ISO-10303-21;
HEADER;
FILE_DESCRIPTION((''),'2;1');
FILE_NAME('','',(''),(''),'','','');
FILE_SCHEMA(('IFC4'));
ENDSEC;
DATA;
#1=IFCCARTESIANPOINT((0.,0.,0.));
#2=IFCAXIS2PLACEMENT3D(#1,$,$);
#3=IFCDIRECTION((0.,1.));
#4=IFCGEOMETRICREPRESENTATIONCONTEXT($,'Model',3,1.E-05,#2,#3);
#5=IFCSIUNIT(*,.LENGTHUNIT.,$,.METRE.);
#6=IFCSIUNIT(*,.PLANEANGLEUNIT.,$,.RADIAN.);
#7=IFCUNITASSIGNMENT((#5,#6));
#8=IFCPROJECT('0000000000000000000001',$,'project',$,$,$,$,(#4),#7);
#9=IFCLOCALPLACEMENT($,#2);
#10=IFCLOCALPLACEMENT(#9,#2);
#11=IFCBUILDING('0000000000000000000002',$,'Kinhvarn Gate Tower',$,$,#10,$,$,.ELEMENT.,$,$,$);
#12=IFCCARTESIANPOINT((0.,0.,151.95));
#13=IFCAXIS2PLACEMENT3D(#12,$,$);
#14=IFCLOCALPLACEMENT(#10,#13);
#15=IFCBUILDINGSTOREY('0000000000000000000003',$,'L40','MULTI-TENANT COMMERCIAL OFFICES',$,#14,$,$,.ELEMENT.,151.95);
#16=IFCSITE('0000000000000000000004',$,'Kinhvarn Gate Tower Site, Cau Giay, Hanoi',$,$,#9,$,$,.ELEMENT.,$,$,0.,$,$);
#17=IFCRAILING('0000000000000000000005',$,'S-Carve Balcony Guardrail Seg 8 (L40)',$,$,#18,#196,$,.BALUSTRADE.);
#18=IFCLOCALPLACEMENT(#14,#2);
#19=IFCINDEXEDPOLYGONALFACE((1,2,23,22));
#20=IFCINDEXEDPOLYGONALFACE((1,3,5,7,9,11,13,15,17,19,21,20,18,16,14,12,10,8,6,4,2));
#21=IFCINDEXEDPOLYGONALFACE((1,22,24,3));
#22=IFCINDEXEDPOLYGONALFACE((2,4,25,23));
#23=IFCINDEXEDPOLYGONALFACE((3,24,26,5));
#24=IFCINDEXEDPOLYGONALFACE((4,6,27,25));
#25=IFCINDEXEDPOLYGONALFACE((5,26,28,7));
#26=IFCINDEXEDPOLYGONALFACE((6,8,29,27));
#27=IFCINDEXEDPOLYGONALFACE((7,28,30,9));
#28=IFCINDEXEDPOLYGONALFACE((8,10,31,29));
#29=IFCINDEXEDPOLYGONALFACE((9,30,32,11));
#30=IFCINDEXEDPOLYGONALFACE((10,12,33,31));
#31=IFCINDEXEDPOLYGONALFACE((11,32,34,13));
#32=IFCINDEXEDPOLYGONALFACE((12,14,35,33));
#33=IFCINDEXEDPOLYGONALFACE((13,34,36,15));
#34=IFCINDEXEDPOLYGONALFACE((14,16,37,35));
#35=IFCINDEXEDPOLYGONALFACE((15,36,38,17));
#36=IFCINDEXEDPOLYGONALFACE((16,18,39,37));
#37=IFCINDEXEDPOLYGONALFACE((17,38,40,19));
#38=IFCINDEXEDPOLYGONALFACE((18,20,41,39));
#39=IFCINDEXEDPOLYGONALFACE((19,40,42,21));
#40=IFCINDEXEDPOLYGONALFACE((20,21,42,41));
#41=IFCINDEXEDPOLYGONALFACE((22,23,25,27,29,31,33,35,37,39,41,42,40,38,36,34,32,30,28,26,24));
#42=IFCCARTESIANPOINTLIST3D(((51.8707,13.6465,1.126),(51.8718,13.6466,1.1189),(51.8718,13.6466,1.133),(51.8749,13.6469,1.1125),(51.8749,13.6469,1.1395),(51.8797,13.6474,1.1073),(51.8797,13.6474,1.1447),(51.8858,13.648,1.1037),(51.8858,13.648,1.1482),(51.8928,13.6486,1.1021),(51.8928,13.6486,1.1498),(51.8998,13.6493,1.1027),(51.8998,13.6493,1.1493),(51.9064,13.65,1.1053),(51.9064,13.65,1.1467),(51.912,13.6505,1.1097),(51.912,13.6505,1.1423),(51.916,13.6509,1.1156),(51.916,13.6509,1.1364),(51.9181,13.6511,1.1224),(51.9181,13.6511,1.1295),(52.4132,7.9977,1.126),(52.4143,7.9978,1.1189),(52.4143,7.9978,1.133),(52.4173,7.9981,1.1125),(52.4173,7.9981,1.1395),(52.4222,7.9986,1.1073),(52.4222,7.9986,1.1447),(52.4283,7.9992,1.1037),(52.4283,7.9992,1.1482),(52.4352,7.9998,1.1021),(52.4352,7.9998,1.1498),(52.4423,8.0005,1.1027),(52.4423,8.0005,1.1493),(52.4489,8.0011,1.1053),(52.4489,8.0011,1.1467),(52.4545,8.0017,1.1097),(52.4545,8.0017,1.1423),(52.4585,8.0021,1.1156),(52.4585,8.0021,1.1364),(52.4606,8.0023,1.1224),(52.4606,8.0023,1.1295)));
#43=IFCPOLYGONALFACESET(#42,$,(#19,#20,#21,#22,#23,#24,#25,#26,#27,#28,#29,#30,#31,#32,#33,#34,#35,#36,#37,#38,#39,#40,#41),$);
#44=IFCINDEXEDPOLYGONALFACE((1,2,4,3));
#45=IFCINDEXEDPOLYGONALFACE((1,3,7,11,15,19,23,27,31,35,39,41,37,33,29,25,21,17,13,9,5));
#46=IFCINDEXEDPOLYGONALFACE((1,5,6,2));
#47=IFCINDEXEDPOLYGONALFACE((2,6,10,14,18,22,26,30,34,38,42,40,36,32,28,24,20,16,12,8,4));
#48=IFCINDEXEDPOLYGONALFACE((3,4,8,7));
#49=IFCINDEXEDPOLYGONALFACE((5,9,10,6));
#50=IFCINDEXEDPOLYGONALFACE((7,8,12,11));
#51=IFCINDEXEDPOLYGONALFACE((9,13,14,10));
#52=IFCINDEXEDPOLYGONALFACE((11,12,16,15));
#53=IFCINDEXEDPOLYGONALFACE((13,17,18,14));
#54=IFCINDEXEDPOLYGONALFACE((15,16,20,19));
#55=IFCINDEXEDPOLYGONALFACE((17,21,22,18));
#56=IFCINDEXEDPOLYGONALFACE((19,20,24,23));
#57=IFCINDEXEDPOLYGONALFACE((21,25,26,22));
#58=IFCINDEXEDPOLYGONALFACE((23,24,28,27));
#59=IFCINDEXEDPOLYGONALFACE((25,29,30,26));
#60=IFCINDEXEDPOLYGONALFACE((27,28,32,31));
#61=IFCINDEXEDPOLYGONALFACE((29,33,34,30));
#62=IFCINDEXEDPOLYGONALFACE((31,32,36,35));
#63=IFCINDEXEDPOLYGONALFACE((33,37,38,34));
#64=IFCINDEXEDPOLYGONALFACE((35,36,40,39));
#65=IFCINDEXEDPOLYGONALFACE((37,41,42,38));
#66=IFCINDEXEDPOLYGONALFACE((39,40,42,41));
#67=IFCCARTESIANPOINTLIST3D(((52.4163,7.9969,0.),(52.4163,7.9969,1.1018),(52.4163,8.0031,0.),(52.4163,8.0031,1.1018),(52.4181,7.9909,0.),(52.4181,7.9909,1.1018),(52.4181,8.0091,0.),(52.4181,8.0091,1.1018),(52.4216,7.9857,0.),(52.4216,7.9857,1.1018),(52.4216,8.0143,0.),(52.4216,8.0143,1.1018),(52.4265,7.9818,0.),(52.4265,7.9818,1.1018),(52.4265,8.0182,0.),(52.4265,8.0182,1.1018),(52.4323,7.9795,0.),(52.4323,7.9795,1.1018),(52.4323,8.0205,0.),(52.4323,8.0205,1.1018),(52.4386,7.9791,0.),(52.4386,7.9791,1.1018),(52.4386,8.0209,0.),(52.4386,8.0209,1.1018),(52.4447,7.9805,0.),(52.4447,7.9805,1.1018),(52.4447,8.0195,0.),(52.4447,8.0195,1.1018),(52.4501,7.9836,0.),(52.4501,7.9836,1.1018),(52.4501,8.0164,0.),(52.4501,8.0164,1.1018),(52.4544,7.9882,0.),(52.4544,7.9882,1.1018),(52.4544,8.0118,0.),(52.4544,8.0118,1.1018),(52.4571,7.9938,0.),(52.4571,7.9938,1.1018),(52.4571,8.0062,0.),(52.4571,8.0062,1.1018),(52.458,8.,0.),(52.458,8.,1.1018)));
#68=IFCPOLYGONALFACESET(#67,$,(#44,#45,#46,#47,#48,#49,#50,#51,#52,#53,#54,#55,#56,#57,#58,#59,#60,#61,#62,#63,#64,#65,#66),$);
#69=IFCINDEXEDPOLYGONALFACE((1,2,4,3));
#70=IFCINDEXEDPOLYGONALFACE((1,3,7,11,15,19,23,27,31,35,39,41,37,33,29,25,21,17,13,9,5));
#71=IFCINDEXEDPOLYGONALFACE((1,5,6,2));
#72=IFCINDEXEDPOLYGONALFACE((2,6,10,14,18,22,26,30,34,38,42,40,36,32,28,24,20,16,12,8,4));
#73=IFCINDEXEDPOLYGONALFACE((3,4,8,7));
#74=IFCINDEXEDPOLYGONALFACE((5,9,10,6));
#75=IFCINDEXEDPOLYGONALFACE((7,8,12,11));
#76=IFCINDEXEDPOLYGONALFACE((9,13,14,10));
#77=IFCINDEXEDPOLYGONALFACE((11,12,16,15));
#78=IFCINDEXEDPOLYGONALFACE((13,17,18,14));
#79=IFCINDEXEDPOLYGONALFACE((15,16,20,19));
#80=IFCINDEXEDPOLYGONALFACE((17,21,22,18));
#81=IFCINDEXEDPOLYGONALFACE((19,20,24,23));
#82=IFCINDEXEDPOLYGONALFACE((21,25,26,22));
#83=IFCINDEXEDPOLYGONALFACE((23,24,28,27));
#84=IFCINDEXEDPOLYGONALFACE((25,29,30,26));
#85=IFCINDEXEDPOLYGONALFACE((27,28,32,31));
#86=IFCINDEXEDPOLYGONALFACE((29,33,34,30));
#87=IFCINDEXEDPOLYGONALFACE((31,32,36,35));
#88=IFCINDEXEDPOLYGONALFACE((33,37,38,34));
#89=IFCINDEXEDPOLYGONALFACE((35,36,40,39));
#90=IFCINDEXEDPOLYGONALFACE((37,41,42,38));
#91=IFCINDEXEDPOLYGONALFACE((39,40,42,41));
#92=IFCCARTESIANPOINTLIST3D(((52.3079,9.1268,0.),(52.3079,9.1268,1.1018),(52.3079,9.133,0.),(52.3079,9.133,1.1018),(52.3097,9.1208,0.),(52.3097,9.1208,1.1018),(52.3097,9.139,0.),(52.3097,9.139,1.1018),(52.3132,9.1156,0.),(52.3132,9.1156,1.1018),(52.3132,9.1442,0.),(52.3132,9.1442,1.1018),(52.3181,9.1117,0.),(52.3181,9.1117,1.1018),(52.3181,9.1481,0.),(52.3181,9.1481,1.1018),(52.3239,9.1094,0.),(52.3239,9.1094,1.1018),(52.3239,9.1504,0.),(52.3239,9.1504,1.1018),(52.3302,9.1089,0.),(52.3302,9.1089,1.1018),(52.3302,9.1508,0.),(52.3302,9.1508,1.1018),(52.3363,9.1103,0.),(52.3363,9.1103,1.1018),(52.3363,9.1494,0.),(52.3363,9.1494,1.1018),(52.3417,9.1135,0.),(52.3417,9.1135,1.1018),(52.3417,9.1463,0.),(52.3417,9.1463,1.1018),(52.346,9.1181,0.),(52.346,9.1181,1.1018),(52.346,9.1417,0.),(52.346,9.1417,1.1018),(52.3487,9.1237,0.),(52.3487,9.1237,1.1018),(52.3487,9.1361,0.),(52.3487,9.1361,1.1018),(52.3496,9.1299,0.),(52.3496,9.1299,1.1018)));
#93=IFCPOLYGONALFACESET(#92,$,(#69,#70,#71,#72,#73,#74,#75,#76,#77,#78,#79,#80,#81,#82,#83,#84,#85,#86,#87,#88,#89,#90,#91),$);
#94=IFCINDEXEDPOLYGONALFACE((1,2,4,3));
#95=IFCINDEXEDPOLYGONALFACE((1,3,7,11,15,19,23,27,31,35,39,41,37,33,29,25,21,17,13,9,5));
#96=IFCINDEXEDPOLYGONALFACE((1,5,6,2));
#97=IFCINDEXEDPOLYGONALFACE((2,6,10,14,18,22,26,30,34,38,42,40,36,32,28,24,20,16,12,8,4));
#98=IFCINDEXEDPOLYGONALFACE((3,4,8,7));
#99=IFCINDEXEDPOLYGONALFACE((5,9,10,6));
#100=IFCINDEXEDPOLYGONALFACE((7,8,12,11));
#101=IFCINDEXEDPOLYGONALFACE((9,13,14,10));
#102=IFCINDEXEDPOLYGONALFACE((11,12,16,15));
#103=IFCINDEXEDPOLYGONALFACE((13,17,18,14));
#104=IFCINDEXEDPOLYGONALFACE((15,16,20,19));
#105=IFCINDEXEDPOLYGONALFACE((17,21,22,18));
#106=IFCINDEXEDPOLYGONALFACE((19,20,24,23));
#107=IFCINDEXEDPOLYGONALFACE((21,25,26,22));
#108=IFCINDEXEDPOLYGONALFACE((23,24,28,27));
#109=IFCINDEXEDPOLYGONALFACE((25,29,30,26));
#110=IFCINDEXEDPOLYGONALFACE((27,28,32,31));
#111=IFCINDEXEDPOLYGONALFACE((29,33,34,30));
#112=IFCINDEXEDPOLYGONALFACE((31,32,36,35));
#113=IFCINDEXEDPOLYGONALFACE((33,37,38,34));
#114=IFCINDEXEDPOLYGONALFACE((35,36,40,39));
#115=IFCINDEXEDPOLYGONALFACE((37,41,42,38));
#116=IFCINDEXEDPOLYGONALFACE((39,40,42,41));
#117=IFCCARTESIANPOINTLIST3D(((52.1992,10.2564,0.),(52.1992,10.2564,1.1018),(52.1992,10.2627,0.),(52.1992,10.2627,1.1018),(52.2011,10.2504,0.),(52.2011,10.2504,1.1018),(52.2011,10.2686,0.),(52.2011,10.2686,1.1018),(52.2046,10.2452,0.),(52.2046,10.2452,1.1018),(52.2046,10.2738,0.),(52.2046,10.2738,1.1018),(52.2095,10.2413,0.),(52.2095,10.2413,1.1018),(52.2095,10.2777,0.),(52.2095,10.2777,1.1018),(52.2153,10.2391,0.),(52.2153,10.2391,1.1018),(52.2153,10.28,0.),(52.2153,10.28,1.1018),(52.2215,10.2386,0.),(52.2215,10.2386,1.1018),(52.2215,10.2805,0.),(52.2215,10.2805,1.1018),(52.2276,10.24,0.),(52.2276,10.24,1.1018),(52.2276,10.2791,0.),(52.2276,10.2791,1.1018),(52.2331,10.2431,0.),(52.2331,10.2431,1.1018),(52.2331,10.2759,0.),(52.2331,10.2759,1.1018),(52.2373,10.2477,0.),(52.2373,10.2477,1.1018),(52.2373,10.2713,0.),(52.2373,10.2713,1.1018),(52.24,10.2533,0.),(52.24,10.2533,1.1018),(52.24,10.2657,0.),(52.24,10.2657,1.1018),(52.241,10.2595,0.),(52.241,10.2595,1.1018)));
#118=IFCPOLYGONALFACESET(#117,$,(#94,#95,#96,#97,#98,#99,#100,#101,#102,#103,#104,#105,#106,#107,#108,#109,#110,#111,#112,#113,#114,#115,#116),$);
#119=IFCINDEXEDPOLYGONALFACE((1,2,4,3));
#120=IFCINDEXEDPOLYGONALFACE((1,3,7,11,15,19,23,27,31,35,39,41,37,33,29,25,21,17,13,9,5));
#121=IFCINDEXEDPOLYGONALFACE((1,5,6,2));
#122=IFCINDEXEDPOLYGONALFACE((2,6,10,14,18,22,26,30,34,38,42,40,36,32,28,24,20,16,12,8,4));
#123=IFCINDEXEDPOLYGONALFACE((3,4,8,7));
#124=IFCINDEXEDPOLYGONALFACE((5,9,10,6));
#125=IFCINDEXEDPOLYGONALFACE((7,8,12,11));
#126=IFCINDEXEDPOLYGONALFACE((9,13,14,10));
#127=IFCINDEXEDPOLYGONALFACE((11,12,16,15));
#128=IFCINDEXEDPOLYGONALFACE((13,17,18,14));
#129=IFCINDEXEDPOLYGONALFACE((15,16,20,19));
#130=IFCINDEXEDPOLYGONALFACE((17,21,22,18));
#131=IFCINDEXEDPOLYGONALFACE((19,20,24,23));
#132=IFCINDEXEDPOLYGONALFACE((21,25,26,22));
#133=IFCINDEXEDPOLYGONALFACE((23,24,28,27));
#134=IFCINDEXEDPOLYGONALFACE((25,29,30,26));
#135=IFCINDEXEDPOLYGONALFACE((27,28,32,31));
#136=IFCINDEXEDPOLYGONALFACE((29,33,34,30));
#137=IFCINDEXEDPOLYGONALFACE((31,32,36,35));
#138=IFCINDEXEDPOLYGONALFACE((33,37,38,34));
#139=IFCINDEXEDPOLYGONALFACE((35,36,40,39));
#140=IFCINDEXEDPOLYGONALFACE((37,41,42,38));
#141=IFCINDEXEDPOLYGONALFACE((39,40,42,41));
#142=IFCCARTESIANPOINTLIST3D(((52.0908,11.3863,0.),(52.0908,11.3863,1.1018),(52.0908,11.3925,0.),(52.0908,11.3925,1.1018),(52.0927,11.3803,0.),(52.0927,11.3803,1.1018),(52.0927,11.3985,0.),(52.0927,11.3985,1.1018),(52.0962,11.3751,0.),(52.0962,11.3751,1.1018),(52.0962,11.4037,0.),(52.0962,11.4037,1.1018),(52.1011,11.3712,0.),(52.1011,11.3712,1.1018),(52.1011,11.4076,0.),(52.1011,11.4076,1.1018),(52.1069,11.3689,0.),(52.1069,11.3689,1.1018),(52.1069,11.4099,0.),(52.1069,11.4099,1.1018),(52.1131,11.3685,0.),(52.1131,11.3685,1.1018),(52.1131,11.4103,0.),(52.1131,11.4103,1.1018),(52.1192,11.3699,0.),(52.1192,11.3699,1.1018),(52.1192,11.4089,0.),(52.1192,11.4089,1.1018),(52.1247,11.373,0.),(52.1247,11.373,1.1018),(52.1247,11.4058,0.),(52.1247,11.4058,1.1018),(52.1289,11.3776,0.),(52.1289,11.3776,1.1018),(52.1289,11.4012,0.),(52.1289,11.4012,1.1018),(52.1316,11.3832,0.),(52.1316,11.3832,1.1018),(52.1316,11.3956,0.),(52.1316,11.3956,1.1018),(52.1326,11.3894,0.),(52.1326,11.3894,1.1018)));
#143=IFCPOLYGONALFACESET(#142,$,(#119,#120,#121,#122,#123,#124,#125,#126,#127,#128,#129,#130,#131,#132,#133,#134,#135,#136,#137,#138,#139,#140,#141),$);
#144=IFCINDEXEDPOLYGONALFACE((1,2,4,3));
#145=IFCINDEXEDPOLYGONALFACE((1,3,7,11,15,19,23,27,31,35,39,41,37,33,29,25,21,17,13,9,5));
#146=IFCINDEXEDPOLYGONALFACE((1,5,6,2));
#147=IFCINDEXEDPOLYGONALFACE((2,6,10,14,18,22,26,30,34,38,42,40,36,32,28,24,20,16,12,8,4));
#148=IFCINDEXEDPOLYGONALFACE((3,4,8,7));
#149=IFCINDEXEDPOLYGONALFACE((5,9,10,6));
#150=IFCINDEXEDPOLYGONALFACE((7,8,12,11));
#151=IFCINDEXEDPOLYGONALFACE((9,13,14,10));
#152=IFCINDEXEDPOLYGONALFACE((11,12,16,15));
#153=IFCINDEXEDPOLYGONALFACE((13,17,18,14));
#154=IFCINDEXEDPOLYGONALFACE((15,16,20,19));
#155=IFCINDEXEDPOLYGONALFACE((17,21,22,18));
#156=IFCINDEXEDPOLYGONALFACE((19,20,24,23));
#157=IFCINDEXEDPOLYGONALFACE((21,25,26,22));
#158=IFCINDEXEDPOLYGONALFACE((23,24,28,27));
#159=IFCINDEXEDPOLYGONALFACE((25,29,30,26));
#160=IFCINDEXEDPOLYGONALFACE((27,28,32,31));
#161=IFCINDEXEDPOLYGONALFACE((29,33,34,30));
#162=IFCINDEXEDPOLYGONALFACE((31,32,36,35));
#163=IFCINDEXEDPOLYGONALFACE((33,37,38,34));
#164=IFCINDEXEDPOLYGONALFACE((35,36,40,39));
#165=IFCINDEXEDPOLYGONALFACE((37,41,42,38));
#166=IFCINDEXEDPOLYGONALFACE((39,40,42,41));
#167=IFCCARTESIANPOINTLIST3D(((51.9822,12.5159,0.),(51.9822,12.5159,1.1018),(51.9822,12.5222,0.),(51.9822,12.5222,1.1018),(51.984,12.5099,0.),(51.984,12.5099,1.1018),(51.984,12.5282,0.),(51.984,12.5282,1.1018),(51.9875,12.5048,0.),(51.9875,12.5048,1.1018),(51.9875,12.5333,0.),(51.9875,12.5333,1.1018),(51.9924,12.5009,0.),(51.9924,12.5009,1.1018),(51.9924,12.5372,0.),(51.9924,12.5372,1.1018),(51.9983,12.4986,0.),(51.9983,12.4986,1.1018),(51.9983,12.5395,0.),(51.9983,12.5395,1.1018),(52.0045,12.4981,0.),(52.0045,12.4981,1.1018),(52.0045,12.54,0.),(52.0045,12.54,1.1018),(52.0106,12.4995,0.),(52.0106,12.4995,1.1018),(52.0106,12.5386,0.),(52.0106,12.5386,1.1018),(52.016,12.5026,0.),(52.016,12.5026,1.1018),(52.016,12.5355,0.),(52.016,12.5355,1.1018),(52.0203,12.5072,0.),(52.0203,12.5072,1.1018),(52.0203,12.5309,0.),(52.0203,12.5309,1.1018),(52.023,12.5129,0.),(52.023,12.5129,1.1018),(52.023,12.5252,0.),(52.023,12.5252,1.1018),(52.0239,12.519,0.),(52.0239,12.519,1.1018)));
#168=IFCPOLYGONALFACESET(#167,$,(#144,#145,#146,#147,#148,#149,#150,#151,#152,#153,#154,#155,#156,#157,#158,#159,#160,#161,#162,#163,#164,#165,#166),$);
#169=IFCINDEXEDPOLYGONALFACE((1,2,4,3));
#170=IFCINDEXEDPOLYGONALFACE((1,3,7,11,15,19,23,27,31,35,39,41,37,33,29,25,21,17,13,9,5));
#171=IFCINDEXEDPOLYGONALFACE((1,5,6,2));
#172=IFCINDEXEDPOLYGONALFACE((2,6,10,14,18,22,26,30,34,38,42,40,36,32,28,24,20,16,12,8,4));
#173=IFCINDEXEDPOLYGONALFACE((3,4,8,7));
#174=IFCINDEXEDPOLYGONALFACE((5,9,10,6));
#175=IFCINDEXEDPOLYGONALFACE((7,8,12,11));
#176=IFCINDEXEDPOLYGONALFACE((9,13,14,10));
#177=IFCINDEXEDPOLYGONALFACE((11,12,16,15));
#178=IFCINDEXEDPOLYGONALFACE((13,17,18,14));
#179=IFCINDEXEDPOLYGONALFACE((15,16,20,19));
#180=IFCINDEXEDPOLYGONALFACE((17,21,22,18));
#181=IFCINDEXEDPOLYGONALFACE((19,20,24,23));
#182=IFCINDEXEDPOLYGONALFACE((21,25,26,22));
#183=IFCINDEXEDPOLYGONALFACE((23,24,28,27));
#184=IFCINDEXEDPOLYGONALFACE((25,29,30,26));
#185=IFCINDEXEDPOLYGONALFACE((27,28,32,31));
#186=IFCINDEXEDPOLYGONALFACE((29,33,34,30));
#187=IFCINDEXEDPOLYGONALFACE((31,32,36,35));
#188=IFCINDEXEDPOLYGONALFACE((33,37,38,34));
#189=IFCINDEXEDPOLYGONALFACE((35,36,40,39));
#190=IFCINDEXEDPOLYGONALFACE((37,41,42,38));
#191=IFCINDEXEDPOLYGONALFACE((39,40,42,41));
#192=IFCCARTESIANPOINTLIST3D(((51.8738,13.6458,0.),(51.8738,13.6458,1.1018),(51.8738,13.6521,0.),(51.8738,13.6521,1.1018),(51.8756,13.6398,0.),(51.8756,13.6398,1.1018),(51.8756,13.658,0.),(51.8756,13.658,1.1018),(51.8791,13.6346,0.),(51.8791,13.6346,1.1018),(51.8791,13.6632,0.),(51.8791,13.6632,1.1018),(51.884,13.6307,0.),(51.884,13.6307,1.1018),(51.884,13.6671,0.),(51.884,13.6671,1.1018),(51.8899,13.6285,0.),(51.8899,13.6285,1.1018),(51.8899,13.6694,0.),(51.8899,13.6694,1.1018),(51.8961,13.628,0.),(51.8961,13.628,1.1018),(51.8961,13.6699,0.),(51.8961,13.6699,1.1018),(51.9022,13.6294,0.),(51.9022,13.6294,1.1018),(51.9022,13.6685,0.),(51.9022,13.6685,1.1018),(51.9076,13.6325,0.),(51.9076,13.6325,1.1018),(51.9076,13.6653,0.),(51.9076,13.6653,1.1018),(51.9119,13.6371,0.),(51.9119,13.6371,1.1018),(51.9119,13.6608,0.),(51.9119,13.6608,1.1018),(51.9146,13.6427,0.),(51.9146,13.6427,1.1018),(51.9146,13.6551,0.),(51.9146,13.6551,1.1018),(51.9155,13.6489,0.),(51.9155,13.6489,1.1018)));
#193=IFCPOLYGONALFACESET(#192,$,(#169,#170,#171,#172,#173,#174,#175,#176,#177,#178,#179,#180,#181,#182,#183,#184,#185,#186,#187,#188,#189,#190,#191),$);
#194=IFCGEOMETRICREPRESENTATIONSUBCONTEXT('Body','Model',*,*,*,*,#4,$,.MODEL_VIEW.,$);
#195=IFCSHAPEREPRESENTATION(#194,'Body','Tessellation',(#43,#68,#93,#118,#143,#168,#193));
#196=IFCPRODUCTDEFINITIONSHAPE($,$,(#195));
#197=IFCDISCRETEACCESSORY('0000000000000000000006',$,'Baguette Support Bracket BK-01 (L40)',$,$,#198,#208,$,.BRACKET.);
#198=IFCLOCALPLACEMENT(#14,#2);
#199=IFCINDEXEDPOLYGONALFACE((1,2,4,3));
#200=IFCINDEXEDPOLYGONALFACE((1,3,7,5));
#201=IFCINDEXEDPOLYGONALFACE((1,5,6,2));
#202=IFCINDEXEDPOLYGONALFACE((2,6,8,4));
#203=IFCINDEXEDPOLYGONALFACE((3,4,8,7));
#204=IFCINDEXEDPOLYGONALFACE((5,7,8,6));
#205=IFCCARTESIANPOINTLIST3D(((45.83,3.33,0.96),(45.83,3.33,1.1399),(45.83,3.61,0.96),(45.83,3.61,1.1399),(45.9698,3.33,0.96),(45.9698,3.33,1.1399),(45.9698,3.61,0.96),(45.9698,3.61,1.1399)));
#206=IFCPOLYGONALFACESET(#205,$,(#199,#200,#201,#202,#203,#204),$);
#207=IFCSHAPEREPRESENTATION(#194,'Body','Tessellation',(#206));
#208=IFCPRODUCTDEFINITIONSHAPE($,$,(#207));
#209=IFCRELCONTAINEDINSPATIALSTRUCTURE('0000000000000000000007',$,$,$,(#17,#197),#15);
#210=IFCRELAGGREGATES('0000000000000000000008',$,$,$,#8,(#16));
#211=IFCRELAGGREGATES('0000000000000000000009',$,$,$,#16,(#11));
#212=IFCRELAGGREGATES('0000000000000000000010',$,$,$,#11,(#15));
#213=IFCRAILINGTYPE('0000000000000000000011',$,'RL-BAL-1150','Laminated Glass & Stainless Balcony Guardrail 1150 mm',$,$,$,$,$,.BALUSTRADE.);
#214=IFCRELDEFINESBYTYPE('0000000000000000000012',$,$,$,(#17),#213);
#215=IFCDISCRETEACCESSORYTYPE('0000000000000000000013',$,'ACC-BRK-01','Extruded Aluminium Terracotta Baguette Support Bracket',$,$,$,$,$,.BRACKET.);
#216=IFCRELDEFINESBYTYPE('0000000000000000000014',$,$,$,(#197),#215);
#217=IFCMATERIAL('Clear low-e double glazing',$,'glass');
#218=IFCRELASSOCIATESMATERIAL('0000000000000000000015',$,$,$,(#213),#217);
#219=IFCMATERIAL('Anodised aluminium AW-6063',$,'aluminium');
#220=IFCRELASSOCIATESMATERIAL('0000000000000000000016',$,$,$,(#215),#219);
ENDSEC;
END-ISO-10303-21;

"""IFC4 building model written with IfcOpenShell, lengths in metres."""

from ifc_helpers import new_model, si_unit, direction, frame, origin, origin_2d, place, context, subcontext, project, spatial, rectangle, circle, extrude, material, type_object, element, save


model = new_model("IFC4")

# Units and contexts
model_context = context("Model", 3, precision=1e-05, world=origin(), true_north=direction((0.0, 1.0)))
body_context = subcontext(model_context, "Body", "Model", "MODEL_VIEW")
ifc_project = project(units=[si_unit("LENGTHUNIT", "METRE"), si_unit("PLANEANGLEUNIT", "RADIAN")], contexts=[model_context])

# Site, building, storey
site_placement = place(None, origin())
site = spatial("IfcSite", under=ifc_project, at=site_placement, Name="Kinhvarn Gate Tower Site, Cau Giay, Hanoi", CompositionType="ELEMENT", RefElevation=0.0)
building_placement = place(site_placement, origin())
building = spatial("IfcBuilding", under=site, at=building_placement, Name="Kinhvarn Gate Tower", CompositionType="ELEMENT")
storey_placement = place(building_placement, frame((0.0, 0.0, 151.95)))
storey = spatial("IfcBuildingStorey", under=building, at=storey_placement, Name="L40", Description="MULTI-TENANT COMMERCIAL OFFICES", CompositionType="ELEMENT", Elevation=151.95)

# Shared definitions
ifc_material_1 = material(Name="Anodised aluminium AW-6063", Category="aluminium")

# Shared definitions
ifc_material_2 = material(Name="Clear low-e double glazing", Category="glass")

# Railing
railing_type = type_object("IfcRailingType", Name="RL-BAL-1150", Description="Laminated Glass & Stainless Balcony Guardrail 1150 mm", PredefinedType="BALUSTRADE", material=ifc_material_2)
railing_1_placement = place(storey_placement, frame((52.437, 8.0, 0.0)))
element("IfcRailing", 1, at=railing_1_placement, inside=storey, type_object=railing_type, Name="S-Carve Balcony Guardrail Seg 8 (L40)", PredefinedType="BALUSTRADE", context=body_context, shape_type="SweptSolid", body=[
    extrude(circle(Radius=0.0239, at=origin_2d()), frame((0.0, 0.0, 1.126), z_axis=(-0.095593, 0.995421, 0.0), x_axis=(-0.995421, -0.095593, 0.0)), (0.0, 0.0, 1.0), 5.6748),
    extrude(circle(Radius=0.021, at=origin_2d()), origin(), (0.0, 0.0, 1.0), 1.1018),
    extrude(circle(Radius=0.021, at=origin_2d()), frame((-0.1084, 1.1299, 0.0)), (0.0, 0.0, 1.0), 1.1018),
    extrude(circle(Radius=0.021, at=origin_2d()), frame((-0.217, 2.2595, 0.0)), (0.0, 0.0, 1.0), 1.1018),
    extrude(circle(Radius=0.021, at=origin_2d()), frame((-0.3254, 3.3894, 0.0)), (0.0, 0.0, 1.0), 1.1018),
    extrude(circle(Radius=0.021, at=origin_2d()), frame((-0.4341, 4.519, 0.0)), (0.0, 0.0, 1.0), 1.1018),
    extrude(circle(Radius=0.021, at=origin_2d()), frame((-0.5425, 5.6489, 0.0)), (0.0, 0.0, 1.0), 1.1018),
])

# Discrete accessory
discrete_accessory_type = type_object("IfcDiscreteAccessoryType", Name="ACC-BRK-01", Description="Extruded Aluminium Terracotta Baguette Support Bracket", PredefinedType="BRACKET", material=ifc_material_1)
for number, where, z_axis, x_axis, name in (
    (2, (45.8999, 3.47, 0.96), (0.0, 0.0, 1.0), (1.0, 0.0, 0.0), "Baguette Support Bracket BK-01 (L40)"),
):
    element("IfcDiscreteAccessory", number, at=place(storey_placement, frame(where, z_axis=z_axis, x_axis=x_axis)), inside=storey, type_object=discrete_accessory_type, Name=name, PredefinedType="BRACKET", context=body_context, shape_type="SweptSolid", body=[
        extrude(rectangle(XDim=0.1399, YDim=0.28, at=origin_2d()), origin(), (0.0, 0.0, 1.0), 0.1799),
    ])

save(model, "model.ifc")
